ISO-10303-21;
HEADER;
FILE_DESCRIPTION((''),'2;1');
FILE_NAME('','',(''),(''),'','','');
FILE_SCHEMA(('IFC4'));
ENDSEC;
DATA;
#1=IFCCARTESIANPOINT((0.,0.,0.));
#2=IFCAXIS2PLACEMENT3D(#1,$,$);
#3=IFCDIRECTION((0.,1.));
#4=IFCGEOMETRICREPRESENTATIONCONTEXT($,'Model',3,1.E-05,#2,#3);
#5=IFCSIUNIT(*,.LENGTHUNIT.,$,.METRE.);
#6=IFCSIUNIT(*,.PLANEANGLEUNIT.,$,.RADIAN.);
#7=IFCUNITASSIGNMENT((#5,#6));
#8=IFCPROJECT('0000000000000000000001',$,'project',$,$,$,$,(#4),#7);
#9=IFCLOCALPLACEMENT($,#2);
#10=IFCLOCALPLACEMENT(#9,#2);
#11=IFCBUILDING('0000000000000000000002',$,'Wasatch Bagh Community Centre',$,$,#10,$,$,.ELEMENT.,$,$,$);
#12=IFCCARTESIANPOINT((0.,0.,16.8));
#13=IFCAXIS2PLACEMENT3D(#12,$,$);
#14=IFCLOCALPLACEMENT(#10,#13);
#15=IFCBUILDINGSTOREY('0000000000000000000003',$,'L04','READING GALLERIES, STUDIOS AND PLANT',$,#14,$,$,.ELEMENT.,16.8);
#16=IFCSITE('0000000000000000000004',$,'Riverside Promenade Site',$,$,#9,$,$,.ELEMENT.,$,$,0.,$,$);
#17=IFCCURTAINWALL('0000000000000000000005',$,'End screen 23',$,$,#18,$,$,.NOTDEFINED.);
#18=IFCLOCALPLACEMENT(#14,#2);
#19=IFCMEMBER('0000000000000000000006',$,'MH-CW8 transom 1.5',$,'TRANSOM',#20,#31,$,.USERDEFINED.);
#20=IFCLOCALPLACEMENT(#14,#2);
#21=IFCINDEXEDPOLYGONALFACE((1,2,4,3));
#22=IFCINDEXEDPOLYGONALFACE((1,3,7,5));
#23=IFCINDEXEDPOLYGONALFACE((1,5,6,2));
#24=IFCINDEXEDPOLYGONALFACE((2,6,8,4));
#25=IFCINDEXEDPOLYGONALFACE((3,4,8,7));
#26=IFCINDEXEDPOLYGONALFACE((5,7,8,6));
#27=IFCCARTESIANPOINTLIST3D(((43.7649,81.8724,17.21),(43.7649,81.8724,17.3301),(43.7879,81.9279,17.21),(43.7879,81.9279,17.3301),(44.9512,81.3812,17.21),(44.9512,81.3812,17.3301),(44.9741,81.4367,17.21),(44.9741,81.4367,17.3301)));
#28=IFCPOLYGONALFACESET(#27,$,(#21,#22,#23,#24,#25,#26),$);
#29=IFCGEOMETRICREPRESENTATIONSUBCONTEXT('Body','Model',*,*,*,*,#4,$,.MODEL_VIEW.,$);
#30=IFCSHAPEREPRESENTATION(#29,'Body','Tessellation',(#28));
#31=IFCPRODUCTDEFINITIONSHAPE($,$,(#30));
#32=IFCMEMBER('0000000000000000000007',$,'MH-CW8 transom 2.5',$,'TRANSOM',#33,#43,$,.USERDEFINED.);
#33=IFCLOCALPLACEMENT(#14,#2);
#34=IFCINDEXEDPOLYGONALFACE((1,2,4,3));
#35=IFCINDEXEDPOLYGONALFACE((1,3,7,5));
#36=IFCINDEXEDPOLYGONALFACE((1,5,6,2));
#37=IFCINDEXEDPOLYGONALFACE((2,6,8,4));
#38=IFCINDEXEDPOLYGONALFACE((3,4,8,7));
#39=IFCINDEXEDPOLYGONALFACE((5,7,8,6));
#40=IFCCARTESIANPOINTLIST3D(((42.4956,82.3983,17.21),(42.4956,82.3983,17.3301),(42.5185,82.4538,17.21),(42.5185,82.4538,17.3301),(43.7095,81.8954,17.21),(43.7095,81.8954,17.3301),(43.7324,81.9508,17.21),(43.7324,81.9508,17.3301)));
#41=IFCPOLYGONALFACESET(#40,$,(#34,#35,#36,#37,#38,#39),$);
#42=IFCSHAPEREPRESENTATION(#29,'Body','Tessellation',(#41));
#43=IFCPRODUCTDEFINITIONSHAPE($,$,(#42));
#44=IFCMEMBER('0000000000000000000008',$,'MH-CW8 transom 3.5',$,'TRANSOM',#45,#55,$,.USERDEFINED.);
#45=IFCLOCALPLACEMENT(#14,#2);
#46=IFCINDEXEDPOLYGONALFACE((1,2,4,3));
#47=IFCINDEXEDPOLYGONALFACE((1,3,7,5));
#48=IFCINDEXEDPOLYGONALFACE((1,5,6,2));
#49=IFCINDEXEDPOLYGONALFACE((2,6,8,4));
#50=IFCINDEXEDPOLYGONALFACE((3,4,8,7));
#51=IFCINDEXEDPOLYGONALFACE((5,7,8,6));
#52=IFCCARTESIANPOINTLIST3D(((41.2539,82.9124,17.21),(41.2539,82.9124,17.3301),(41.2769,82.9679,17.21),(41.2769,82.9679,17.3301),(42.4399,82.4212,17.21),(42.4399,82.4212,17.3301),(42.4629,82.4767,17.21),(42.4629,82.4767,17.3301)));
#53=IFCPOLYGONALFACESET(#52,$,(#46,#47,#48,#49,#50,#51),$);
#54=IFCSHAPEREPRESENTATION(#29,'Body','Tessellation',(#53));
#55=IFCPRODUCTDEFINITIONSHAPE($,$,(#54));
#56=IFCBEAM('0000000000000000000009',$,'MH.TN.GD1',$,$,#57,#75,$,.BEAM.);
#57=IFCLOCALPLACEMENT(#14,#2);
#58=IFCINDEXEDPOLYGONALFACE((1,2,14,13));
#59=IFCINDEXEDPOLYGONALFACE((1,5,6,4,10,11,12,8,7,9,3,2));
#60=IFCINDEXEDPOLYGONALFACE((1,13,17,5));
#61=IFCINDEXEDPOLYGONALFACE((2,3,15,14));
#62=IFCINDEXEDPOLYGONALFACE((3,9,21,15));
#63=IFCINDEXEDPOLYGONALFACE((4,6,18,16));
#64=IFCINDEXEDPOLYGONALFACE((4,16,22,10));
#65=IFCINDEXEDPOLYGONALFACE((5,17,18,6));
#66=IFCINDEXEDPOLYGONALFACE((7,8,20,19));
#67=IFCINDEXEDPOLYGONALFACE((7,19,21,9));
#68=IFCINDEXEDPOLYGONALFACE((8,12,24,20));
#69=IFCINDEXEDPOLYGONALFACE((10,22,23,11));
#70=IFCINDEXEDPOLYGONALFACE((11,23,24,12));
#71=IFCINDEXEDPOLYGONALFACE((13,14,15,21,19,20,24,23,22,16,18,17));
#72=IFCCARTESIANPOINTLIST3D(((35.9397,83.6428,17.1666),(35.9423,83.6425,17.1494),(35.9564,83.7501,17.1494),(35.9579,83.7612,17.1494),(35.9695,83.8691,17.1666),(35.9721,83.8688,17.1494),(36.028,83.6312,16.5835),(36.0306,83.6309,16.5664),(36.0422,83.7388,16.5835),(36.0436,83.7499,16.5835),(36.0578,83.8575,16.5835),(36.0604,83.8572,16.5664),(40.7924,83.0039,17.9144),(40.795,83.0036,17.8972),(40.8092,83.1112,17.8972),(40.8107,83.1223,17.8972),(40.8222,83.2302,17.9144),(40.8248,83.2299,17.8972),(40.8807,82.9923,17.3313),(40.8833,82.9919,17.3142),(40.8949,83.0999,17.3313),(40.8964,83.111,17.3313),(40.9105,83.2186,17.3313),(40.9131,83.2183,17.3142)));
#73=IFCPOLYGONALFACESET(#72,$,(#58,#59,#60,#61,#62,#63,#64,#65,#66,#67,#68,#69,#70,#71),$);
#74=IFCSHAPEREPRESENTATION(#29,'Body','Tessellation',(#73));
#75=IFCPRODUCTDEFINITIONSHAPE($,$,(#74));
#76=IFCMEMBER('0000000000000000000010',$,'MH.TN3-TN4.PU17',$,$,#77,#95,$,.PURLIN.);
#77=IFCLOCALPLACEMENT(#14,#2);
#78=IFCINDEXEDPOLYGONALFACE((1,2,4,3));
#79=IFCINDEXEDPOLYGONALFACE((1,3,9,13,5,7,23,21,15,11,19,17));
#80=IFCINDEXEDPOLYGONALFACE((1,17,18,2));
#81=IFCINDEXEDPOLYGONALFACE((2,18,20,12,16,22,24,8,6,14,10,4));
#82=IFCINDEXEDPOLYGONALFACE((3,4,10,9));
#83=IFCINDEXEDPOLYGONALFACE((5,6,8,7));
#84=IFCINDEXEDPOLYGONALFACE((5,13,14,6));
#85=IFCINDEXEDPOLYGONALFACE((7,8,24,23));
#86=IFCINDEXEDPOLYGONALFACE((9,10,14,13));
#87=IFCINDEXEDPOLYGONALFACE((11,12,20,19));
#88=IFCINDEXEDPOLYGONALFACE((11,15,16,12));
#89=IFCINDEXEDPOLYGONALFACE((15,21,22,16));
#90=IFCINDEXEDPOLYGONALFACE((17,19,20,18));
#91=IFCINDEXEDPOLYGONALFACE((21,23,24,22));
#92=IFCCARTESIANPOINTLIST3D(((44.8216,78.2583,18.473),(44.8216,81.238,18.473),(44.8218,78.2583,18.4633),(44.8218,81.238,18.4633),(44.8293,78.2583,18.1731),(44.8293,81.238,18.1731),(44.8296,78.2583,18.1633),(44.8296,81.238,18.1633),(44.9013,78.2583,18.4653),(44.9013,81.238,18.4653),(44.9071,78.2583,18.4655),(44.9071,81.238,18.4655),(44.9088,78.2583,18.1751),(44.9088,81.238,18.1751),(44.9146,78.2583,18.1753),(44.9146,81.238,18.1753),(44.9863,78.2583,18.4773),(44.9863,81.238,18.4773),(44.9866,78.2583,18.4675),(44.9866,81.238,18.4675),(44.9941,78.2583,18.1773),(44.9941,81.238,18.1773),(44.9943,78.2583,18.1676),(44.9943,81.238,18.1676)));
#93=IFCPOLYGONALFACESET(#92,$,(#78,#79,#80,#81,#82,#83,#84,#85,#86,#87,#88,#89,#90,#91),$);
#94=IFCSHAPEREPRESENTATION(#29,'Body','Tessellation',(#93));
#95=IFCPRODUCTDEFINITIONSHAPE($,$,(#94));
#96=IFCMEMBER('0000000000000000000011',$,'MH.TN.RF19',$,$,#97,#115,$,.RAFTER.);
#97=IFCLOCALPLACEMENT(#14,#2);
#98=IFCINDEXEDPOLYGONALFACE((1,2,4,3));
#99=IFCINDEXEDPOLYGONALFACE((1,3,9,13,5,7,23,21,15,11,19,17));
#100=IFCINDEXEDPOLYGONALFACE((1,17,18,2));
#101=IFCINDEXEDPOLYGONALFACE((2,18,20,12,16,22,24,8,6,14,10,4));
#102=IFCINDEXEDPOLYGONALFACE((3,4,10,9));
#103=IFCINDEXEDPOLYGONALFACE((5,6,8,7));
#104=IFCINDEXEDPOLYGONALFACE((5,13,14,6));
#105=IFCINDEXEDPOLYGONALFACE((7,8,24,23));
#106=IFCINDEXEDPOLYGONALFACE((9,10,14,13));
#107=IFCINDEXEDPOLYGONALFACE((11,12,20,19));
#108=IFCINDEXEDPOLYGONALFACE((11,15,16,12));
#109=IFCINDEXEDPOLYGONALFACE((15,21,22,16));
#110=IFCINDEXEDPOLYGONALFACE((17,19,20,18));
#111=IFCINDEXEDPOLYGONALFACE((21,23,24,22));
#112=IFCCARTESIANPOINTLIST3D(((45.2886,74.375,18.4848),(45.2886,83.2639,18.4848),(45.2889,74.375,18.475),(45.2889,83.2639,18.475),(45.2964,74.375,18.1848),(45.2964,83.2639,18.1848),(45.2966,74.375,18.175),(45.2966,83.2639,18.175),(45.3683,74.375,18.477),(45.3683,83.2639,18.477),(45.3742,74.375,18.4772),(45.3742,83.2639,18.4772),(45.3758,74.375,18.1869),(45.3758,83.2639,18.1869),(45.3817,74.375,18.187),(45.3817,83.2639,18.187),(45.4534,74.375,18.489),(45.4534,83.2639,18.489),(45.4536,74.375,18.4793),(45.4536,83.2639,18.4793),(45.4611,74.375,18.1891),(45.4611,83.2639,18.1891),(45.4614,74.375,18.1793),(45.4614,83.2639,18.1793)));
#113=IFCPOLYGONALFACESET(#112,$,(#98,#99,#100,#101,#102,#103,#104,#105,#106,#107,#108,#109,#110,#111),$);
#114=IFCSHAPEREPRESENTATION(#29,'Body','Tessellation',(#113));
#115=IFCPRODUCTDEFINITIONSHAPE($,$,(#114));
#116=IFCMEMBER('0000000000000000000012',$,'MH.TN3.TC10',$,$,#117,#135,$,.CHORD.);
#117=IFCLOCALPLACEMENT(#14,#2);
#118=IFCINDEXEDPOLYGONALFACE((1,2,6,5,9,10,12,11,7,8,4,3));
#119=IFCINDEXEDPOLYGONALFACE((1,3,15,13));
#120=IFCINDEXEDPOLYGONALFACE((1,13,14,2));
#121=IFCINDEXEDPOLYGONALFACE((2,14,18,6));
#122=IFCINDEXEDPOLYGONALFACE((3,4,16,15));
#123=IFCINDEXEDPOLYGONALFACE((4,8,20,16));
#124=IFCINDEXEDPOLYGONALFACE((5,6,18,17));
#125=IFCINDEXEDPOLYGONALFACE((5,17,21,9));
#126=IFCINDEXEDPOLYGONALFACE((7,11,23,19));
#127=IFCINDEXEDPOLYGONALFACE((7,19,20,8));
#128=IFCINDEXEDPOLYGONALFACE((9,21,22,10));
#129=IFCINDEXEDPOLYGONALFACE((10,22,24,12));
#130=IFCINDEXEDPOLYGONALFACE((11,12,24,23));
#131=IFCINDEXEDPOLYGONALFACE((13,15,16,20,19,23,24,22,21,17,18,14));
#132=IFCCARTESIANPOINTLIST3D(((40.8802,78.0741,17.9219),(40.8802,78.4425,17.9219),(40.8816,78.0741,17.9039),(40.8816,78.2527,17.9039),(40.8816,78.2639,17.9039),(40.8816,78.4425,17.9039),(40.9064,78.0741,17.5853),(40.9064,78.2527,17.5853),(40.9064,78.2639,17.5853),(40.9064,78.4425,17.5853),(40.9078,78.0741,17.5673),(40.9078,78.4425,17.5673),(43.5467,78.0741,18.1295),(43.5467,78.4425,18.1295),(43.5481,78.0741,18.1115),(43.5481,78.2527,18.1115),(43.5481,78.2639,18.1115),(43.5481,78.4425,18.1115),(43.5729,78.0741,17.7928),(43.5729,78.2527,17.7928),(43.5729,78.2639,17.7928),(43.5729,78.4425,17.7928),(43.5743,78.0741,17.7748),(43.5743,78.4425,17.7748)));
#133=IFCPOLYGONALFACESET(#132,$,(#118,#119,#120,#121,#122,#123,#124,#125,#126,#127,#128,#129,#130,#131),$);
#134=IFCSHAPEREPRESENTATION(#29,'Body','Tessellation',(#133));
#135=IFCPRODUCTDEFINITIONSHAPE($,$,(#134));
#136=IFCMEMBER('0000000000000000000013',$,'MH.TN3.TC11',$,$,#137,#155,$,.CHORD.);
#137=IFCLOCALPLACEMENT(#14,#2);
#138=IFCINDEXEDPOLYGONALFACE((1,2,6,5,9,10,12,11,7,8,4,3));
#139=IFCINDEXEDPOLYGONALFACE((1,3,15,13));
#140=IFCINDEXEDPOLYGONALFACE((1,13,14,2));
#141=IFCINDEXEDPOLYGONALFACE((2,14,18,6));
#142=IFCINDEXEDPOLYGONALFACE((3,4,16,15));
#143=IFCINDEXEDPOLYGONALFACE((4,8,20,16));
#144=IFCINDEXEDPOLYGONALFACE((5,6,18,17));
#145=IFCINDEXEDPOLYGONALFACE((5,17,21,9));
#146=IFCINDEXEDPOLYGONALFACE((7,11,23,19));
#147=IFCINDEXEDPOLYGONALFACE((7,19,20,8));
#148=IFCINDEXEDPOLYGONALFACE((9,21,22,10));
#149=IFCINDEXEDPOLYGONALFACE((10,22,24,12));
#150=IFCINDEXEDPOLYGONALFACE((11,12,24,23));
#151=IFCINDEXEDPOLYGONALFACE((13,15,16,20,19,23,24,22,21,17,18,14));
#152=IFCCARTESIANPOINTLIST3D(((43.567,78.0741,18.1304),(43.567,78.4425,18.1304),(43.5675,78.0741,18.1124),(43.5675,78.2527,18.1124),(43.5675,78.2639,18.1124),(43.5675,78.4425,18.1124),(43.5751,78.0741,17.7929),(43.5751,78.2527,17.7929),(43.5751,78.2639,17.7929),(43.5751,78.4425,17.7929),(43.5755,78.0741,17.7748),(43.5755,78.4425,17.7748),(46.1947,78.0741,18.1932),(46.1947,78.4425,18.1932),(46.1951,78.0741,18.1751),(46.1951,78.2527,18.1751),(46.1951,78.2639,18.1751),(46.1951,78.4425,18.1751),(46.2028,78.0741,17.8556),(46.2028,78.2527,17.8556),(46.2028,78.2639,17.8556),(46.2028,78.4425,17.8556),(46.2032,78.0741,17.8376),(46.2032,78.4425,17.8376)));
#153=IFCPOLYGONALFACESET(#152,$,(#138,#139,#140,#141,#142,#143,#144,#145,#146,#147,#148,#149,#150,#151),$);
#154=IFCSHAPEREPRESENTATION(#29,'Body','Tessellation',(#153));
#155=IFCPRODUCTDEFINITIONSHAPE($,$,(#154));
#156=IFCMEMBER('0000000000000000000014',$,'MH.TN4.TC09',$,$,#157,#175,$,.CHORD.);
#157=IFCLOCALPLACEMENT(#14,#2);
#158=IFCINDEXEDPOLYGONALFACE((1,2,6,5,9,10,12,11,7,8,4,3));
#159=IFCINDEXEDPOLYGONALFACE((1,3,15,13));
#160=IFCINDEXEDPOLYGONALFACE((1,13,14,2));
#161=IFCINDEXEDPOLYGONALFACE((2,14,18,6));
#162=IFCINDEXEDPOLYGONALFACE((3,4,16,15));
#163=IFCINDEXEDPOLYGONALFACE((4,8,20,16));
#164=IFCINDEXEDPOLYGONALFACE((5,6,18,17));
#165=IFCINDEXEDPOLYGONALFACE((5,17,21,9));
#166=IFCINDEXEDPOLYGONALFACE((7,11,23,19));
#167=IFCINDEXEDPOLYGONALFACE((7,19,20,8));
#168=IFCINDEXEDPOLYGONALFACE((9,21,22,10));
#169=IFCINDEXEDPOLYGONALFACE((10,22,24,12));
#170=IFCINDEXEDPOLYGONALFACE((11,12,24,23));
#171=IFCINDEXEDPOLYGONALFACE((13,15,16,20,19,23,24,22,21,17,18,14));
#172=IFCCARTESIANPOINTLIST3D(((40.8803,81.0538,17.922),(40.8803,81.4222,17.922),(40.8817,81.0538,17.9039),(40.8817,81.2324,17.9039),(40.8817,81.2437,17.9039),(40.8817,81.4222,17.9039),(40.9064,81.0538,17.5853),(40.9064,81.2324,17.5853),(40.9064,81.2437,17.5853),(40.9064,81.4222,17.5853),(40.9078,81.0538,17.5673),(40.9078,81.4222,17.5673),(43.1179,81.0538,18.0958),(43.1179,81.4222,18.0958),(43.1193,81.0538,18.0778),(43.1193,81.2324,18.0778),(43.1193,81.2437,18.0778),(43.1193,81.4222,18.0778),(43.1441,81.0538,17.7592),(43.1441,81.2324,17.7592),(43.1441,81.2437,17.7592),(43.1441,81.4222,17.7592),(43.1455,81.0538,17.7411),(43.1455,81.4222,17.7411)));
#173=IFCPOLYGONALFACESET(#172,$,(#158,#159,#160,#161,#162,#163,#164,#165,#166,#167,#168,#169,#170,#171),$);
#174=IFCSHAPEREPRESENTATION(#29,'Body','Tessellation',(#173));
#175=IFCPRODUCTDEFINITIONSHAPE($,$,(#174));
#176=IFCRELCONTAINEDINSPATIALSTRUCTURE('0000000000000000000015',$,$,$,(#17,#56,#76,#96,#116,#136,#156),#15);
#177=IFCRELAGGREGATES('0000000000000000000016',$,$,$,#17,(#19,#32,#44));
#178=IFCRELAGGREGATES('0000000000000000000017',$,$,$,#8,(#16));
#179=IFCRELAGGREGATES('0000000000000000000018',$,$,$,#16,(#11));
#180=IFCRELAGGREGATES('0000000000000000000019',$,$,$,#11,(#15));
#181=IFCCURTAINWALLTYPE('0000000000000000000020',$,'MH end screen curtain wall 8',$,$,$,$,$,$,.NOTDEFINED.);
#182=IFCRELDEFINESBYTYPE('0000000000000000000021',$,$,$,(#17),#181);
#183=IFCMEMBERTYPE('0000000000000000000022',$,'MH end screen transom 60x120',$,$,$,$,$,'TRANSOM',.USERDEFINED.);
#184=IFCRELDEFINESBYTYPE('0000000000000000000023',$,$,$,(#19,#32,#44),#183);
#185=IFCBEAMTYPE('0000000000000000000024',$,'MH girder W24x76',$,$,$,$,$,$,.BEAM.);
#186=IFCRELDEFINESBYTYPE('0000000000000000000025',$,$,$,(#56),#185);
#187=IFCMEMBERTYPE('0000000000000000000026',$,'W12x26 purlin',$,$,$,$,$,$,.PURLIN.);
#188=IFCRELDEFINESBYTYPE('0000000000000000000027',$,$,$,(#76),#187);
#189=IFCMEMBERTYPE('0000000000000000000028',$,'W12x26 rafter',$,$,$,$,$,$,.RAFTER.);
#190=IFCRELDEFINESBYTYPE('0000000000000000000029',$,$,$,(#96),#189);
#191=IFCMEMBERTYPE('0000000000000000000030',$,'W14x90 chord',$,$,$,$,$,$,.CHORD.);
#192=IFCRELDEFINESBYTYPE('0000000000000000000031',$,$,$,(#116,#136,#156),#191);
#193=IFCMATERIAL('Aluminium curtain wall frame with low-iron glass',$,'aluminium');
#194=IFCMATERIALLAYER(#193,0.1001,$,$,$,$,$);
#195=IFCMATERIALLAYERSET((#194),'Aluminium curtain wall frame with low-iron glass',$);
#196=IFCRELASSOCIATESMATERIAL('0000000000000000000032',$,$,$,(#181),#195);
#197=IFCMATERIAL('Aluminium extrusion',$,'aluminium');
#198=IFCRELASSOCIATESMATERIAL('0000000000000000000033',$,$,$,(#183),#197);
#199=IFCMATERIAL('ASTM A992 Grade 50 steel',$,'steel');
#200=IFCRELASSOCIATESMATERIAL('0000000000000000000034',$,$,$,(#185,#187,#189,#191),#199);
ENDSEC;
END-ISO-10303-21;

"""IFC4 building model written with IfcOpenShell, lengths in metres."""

from ifc_helpers import new_model, si_unit, direction, frame, origin, origin_2d, place, context, subcontext, project, spatial, rectangle, i_section, extrude, material, layer, layer_set, material_profile, profile_set, type_object, element, aggregate, save


model = new_model("IFC4")

# Units and contexts
model_context = context("Model", 3, precision=1e-05, world=origin(), true_north=direction((0.0, 1.0)))
body_context = subcontext(model_context, "Body", "Model", "MODEL_VIEW")
ifc_project = project(units=[si_unit("LENGTHUNIT", "METRE"), si_unit("PLANEANGLEUNIT", "RADIAN")], contexts=[model_context])

# Site, building, storey
site_placement = place(None, origin())
site = spatial("IfcSite", under=ifc_project, at=site_placement, Name="Riverside Promenade Site", CompositionType="ELEMENT", RefElevation=0.0)
building_placement = place(site_placement, origin())
building = spatial("IfcBuilding", under=site, at=building_placement, Name="Wasatch Bagh Community Centre", CompositionType="ELEMENT")
storey_placement = place(building_placement, frame((0.0, 0.0, 16.8)))
storey = spatial("IfcBuildingStorey", under=building, at=storey_placement, Name="L04", Description="READING GALLERIES, STUDIOS AND PLANT", CompositionType="ELEMENT", Elevation=16.8)

# Curtain wall, members
ifc_material_1 = material(Name="Aluminium curtain wall frame with low-iron glass", Category="aluminium")
ifc_layer = layer(ifc_material_1, 0.1001)
ifc_layer_set = layer_set([ifc_layer], Name="Aluminium curtain wall frame with low-iron glass")
curtain_wall_type = type_object("IfcCurtainWallType", Name="MH end screen curtain wall 8", PredefinedType="NOTDEFINED", material=ifc_layer_set)
curtain_wall_placement = place(storey_placement, origin())
curtain_wall = element("IfcCurtainWall", 1, at=curtain_wall_placement, inside=storey, type_object=curtain_wall_type, Name="End screen 23", PredefinedType="NOTDEFINED")
ifc_material_2 = material(Name="Aluminium extrusion", Category="aluminium")
ifc_material_profile_1 = material_profile(ifc_material_2, rectangle(XDim=0.0601, YDim=0.1201, at=origin_2d()), Name="AL 60x120")
ifc_profile_set_1 = profile_set([ifc_material_profile_1], Name="Aluminium extrusion")
member_type_1 = type_object("IfcMemberType", Name="MH end screen transom 60x120", ElementType="TRANSOM", PredefinedType="USERDEFINED", material=ifc_profile_set_1)
member_1_placement = place(storey_placement, frame((44.9626, 81.4089, 17.27), z_axis=(-0.923924, 0.382576, 0.0), x_axis=(-0.382576, -0.923924, 0.0)))
member_1 = element("IfcMember", 2, at=member_1_placement, type_object=member_type_1, Name="MH-CW8 transom 1.5", ObjectType="TRANSOM", PredefinedType="USERDEFINED", context=body_context, shape_type="SweptSolid", body=[
    extrude(rectangle(XDim=0.0601, YDim=0.1201, at=origin_2d()), origin(), (0.0, 0.0, 1.0), 1.2839),
])
member_2_placement = place(storey_placement, frame((43.7209, 81.9231, 17.27), z_axis=(-0.923845, 0.382768, 0.0), x_axis=(-0.382768, -0.923845, 0.0)))
member_2 = element("IfcMember", 3, at=member_2_placement, type_object=member_type_1, Name="MH-CW8 transom 2.5", ObjectType="TRANSOM", PredefinedType="USERDEFINED", context=body_context, shape_type="SweptSolid", body=[
    extrude(rectangle(XDim=0.0601, YDim=0.1201, at=origin_2d()), origin(), (0.0, 0.0, 1.0), 1.314),
])
member_3_placement = place(storey_placement, frame((42.4514, 82.449, 17.27), z_axis=(-0.923896, 0.382643, 0.0), x_axis=(-0.382643, -0.923896, 0.0)))
member_3 = element("IfcMember", 4, at=member_3_placement, type_object=member_type_1, Name="MH-CW8 transom 3.5", ObjectType="TRANSOM", PredefinedType="USERDEFINED", context=body_context, shape_type="SweptSolid", body=[
    extrude(rectangle(XDim=0.0601, YDim=0.1201, at=origin_2d()), origin(), (0.0, 0.0, 1.0), 1.2837),
])
aggregate(curtain_wall, [member_1, member_2, member_3])

# Beam
ifc_material_3 = material(Name="ASTM A992 Grade 50 steel", Category="steel")
ifc_material_profile_2 = material_profile(ifc_material_3, i_section(OverallWidth=0.2283, OverallDepth=0.6072, WebThickness=0.0112, FlangeThickness=0.0173, at=origin_2d()), Name="W24x76")
ifc_profile_set_2 = profile_set([ifc_material_profile_2], Name="ASTM A992 Grade 50 steel")
beam_type = type_object("IfcBeamType", Name="MH girder W24x76", PredefinedType="BEAM", material=ifc_profile_set_2)
beam_placement = place(storey_placement, frame((40.8528, 83.1111, 17.6143), z_axis=(-0.980072, 0.129036, -0.151027), x_axis=(-0.130533, -0.991444, 0.0)))
element("IfcBeam", 5, at=beam_placement, inside=storey, type_object=beam_type, Name="MH.TN.GD1", PredefinedType="BEAM", context=body_context, shape_type="SweptSolid", body=[
    extrude(i_section(OverallWidth=0.2283, OverallDepth=0.6072, WebThickness=0.0112, FlangeThickness=0.0173, at=origin_2d()), origin(), (0.0, 0.0, 1.0), 4.9514),
])

# Members
ifc_material_profile_3 = material_profile(ifc_material_3, i_section(OverallWidth=0.1648, OverallDepth=0.3098, WebThickness=0.0059, FlangeThickness=0.0098, at=origin_2d()), Name="W12x26")
ifc_profile_set_3 = profile_set([ifc_material_profile_3], Name="ASTM A992 Grade 50 steel")
member_type_2 = type_object("IfcMemberType", Name="W12x26 purlin", PredefinedType="PURLIN", material=ifc_profile_set_3)
member_4_placement = place(storey_placement, frame((44.908, 78.2583, 18.3203), z_axis=(0.0, 1.0, 0.0), x_axis=(-0.999667, 0.0, -0.025817)))
element("IfcMember", 6, at=member_4_placement, inside=storey, type_object=member_type_2, Name="MH.TN3-TN4.PU17", PredefinedType="PURLIN", context=body_context, shape_type="SweptSolid", body=[
    extrude(i_section(OverallWidth=0.1648, OverallDepth=0.3098, WebThickness=0.0059, FlangeThickness=0.0098, at=origin_2d()), origin(), (0.0, 0.0, 1.0), 2.9797),
])
ifc_material_profile_4 = material_profile(ifc_material_3, i_section(OverallWidth=0.1648, OverallDepth=0.3098, WebThickness=0.0059, FlangeThickness=0.0098, at=origin_2d()), Name="W12x26")
ifc_profile_set_4 = profile_set([ifc_material_profile_4], Name="ASTM A992 Grade 50 steel")
member_type_3 = type_object("IfcMemberType", Name="W12x26 rafter", PredefinedType="RAFTER", material=ifc_profile_set_4)
member_5_placement = place(storey_placement, frame((45.375, 83.2639, 18.332), z_axis=(0.0, -1.0, 0.0), x_axis=(0.999667, 0.0, 0.025817)))
element("IfcMember", 7, at=member_5_placement, inside=storey, type_object=member_type_3, Name="MH.TN.RF19", PredefinedType="RAFTER", context=body_context, shape_type="SweptSolid", body=[
    extrude(i_section(OverallWidth=0.1648, OverallDepth=0.3098, WebThickness=0.0059, FlangeThickness=0.0098, at=origin_2d()), origin(), (0.0, 0.0, 1.0), 8.8889),
])
ifc_material_profile_5 = material_profile(ifc_material_3, i_section(OverallWidth=0.3684, OverallDepth=0.3557, WebThickness=0.0112, FlangeThickness=0.0181, at=origin_2d()), Name="W14x90")
ifc_profile_set_5 = profile_set([ifc_material_profile_5], Name="ASTM A992 Grade 50 steel")
member_type_4 = type_object("IfcMemberType", Name="W14x90 chord", PredefinedType="CHORD", material=ifc_profile_set_5)
member_6_placement = place(storey_placement, frame((40.894, 78.2583, 17.7446), z_axis=(0.996985, 0.0, 0.07759), x_axis=(0.0, 1.0, 0.0)))
element("IfcMember", 8, at=member_6_placement, inside=storey, type_object=member_type_4, Name="MH.TN3.TC10", PredefinedType="CHORD", context=body_context, shape_type="SweptSolid", body=[
    extrude(i_section(OverallWidth=0.3684, OverallDepth=0.3557, WebThickness=0.0112, FlangeThickness=0.0181, at=origin_2d()), origin(), (0.0, 0.0, 1.0), 2.6746),
])
member_7_placement = place(storey_placement, frame((43.5713, 78.2583, 17.9526), z_axis=(0.999715, 0.0, 0.023871), x_axis=(0.0, 1.0, 0.0)))
element("IfcMember", 9, at=member_7_placement, inside=storey, type_object=member_type_4, Name="MH.TN3.TC11", PredefinedType="CHORD", context=body_context, shape_type="SweptSolid", body=[
    extrude(i_section(OverallWidth=0.3684, OverallDepth=0.3557, WebThickness=0.0112, FlangeThickness=0.0181, at=origin_2d()), origin(), (0.0, 0.0, 1.0), 2.6284),
])
member_8_placement = place(storey_placement, frame((40.894, 81.238, 17.7446), z_axis=(0.996996, 0.0, 0.077453), x_axis=(0.0, 1.0, 0.0)))
element("IfcMember", 10, at=member_8_placement, inside=storey, type_object=member_type_4, Name="MH.TN4.TC09", PredefinedType="CHORD", context=body_context, shape_type="SweptSolid", body=[
    extrude(i_section(OverallWidth=0.3684, OverallDepth=0.3557, WebThickness=0.0112, FlangeThickness=0.0181, at=origin_2d()), origin(), (0.0, 0.0, 1.0), 2.2444),
])

save(model, "model.ifc")
